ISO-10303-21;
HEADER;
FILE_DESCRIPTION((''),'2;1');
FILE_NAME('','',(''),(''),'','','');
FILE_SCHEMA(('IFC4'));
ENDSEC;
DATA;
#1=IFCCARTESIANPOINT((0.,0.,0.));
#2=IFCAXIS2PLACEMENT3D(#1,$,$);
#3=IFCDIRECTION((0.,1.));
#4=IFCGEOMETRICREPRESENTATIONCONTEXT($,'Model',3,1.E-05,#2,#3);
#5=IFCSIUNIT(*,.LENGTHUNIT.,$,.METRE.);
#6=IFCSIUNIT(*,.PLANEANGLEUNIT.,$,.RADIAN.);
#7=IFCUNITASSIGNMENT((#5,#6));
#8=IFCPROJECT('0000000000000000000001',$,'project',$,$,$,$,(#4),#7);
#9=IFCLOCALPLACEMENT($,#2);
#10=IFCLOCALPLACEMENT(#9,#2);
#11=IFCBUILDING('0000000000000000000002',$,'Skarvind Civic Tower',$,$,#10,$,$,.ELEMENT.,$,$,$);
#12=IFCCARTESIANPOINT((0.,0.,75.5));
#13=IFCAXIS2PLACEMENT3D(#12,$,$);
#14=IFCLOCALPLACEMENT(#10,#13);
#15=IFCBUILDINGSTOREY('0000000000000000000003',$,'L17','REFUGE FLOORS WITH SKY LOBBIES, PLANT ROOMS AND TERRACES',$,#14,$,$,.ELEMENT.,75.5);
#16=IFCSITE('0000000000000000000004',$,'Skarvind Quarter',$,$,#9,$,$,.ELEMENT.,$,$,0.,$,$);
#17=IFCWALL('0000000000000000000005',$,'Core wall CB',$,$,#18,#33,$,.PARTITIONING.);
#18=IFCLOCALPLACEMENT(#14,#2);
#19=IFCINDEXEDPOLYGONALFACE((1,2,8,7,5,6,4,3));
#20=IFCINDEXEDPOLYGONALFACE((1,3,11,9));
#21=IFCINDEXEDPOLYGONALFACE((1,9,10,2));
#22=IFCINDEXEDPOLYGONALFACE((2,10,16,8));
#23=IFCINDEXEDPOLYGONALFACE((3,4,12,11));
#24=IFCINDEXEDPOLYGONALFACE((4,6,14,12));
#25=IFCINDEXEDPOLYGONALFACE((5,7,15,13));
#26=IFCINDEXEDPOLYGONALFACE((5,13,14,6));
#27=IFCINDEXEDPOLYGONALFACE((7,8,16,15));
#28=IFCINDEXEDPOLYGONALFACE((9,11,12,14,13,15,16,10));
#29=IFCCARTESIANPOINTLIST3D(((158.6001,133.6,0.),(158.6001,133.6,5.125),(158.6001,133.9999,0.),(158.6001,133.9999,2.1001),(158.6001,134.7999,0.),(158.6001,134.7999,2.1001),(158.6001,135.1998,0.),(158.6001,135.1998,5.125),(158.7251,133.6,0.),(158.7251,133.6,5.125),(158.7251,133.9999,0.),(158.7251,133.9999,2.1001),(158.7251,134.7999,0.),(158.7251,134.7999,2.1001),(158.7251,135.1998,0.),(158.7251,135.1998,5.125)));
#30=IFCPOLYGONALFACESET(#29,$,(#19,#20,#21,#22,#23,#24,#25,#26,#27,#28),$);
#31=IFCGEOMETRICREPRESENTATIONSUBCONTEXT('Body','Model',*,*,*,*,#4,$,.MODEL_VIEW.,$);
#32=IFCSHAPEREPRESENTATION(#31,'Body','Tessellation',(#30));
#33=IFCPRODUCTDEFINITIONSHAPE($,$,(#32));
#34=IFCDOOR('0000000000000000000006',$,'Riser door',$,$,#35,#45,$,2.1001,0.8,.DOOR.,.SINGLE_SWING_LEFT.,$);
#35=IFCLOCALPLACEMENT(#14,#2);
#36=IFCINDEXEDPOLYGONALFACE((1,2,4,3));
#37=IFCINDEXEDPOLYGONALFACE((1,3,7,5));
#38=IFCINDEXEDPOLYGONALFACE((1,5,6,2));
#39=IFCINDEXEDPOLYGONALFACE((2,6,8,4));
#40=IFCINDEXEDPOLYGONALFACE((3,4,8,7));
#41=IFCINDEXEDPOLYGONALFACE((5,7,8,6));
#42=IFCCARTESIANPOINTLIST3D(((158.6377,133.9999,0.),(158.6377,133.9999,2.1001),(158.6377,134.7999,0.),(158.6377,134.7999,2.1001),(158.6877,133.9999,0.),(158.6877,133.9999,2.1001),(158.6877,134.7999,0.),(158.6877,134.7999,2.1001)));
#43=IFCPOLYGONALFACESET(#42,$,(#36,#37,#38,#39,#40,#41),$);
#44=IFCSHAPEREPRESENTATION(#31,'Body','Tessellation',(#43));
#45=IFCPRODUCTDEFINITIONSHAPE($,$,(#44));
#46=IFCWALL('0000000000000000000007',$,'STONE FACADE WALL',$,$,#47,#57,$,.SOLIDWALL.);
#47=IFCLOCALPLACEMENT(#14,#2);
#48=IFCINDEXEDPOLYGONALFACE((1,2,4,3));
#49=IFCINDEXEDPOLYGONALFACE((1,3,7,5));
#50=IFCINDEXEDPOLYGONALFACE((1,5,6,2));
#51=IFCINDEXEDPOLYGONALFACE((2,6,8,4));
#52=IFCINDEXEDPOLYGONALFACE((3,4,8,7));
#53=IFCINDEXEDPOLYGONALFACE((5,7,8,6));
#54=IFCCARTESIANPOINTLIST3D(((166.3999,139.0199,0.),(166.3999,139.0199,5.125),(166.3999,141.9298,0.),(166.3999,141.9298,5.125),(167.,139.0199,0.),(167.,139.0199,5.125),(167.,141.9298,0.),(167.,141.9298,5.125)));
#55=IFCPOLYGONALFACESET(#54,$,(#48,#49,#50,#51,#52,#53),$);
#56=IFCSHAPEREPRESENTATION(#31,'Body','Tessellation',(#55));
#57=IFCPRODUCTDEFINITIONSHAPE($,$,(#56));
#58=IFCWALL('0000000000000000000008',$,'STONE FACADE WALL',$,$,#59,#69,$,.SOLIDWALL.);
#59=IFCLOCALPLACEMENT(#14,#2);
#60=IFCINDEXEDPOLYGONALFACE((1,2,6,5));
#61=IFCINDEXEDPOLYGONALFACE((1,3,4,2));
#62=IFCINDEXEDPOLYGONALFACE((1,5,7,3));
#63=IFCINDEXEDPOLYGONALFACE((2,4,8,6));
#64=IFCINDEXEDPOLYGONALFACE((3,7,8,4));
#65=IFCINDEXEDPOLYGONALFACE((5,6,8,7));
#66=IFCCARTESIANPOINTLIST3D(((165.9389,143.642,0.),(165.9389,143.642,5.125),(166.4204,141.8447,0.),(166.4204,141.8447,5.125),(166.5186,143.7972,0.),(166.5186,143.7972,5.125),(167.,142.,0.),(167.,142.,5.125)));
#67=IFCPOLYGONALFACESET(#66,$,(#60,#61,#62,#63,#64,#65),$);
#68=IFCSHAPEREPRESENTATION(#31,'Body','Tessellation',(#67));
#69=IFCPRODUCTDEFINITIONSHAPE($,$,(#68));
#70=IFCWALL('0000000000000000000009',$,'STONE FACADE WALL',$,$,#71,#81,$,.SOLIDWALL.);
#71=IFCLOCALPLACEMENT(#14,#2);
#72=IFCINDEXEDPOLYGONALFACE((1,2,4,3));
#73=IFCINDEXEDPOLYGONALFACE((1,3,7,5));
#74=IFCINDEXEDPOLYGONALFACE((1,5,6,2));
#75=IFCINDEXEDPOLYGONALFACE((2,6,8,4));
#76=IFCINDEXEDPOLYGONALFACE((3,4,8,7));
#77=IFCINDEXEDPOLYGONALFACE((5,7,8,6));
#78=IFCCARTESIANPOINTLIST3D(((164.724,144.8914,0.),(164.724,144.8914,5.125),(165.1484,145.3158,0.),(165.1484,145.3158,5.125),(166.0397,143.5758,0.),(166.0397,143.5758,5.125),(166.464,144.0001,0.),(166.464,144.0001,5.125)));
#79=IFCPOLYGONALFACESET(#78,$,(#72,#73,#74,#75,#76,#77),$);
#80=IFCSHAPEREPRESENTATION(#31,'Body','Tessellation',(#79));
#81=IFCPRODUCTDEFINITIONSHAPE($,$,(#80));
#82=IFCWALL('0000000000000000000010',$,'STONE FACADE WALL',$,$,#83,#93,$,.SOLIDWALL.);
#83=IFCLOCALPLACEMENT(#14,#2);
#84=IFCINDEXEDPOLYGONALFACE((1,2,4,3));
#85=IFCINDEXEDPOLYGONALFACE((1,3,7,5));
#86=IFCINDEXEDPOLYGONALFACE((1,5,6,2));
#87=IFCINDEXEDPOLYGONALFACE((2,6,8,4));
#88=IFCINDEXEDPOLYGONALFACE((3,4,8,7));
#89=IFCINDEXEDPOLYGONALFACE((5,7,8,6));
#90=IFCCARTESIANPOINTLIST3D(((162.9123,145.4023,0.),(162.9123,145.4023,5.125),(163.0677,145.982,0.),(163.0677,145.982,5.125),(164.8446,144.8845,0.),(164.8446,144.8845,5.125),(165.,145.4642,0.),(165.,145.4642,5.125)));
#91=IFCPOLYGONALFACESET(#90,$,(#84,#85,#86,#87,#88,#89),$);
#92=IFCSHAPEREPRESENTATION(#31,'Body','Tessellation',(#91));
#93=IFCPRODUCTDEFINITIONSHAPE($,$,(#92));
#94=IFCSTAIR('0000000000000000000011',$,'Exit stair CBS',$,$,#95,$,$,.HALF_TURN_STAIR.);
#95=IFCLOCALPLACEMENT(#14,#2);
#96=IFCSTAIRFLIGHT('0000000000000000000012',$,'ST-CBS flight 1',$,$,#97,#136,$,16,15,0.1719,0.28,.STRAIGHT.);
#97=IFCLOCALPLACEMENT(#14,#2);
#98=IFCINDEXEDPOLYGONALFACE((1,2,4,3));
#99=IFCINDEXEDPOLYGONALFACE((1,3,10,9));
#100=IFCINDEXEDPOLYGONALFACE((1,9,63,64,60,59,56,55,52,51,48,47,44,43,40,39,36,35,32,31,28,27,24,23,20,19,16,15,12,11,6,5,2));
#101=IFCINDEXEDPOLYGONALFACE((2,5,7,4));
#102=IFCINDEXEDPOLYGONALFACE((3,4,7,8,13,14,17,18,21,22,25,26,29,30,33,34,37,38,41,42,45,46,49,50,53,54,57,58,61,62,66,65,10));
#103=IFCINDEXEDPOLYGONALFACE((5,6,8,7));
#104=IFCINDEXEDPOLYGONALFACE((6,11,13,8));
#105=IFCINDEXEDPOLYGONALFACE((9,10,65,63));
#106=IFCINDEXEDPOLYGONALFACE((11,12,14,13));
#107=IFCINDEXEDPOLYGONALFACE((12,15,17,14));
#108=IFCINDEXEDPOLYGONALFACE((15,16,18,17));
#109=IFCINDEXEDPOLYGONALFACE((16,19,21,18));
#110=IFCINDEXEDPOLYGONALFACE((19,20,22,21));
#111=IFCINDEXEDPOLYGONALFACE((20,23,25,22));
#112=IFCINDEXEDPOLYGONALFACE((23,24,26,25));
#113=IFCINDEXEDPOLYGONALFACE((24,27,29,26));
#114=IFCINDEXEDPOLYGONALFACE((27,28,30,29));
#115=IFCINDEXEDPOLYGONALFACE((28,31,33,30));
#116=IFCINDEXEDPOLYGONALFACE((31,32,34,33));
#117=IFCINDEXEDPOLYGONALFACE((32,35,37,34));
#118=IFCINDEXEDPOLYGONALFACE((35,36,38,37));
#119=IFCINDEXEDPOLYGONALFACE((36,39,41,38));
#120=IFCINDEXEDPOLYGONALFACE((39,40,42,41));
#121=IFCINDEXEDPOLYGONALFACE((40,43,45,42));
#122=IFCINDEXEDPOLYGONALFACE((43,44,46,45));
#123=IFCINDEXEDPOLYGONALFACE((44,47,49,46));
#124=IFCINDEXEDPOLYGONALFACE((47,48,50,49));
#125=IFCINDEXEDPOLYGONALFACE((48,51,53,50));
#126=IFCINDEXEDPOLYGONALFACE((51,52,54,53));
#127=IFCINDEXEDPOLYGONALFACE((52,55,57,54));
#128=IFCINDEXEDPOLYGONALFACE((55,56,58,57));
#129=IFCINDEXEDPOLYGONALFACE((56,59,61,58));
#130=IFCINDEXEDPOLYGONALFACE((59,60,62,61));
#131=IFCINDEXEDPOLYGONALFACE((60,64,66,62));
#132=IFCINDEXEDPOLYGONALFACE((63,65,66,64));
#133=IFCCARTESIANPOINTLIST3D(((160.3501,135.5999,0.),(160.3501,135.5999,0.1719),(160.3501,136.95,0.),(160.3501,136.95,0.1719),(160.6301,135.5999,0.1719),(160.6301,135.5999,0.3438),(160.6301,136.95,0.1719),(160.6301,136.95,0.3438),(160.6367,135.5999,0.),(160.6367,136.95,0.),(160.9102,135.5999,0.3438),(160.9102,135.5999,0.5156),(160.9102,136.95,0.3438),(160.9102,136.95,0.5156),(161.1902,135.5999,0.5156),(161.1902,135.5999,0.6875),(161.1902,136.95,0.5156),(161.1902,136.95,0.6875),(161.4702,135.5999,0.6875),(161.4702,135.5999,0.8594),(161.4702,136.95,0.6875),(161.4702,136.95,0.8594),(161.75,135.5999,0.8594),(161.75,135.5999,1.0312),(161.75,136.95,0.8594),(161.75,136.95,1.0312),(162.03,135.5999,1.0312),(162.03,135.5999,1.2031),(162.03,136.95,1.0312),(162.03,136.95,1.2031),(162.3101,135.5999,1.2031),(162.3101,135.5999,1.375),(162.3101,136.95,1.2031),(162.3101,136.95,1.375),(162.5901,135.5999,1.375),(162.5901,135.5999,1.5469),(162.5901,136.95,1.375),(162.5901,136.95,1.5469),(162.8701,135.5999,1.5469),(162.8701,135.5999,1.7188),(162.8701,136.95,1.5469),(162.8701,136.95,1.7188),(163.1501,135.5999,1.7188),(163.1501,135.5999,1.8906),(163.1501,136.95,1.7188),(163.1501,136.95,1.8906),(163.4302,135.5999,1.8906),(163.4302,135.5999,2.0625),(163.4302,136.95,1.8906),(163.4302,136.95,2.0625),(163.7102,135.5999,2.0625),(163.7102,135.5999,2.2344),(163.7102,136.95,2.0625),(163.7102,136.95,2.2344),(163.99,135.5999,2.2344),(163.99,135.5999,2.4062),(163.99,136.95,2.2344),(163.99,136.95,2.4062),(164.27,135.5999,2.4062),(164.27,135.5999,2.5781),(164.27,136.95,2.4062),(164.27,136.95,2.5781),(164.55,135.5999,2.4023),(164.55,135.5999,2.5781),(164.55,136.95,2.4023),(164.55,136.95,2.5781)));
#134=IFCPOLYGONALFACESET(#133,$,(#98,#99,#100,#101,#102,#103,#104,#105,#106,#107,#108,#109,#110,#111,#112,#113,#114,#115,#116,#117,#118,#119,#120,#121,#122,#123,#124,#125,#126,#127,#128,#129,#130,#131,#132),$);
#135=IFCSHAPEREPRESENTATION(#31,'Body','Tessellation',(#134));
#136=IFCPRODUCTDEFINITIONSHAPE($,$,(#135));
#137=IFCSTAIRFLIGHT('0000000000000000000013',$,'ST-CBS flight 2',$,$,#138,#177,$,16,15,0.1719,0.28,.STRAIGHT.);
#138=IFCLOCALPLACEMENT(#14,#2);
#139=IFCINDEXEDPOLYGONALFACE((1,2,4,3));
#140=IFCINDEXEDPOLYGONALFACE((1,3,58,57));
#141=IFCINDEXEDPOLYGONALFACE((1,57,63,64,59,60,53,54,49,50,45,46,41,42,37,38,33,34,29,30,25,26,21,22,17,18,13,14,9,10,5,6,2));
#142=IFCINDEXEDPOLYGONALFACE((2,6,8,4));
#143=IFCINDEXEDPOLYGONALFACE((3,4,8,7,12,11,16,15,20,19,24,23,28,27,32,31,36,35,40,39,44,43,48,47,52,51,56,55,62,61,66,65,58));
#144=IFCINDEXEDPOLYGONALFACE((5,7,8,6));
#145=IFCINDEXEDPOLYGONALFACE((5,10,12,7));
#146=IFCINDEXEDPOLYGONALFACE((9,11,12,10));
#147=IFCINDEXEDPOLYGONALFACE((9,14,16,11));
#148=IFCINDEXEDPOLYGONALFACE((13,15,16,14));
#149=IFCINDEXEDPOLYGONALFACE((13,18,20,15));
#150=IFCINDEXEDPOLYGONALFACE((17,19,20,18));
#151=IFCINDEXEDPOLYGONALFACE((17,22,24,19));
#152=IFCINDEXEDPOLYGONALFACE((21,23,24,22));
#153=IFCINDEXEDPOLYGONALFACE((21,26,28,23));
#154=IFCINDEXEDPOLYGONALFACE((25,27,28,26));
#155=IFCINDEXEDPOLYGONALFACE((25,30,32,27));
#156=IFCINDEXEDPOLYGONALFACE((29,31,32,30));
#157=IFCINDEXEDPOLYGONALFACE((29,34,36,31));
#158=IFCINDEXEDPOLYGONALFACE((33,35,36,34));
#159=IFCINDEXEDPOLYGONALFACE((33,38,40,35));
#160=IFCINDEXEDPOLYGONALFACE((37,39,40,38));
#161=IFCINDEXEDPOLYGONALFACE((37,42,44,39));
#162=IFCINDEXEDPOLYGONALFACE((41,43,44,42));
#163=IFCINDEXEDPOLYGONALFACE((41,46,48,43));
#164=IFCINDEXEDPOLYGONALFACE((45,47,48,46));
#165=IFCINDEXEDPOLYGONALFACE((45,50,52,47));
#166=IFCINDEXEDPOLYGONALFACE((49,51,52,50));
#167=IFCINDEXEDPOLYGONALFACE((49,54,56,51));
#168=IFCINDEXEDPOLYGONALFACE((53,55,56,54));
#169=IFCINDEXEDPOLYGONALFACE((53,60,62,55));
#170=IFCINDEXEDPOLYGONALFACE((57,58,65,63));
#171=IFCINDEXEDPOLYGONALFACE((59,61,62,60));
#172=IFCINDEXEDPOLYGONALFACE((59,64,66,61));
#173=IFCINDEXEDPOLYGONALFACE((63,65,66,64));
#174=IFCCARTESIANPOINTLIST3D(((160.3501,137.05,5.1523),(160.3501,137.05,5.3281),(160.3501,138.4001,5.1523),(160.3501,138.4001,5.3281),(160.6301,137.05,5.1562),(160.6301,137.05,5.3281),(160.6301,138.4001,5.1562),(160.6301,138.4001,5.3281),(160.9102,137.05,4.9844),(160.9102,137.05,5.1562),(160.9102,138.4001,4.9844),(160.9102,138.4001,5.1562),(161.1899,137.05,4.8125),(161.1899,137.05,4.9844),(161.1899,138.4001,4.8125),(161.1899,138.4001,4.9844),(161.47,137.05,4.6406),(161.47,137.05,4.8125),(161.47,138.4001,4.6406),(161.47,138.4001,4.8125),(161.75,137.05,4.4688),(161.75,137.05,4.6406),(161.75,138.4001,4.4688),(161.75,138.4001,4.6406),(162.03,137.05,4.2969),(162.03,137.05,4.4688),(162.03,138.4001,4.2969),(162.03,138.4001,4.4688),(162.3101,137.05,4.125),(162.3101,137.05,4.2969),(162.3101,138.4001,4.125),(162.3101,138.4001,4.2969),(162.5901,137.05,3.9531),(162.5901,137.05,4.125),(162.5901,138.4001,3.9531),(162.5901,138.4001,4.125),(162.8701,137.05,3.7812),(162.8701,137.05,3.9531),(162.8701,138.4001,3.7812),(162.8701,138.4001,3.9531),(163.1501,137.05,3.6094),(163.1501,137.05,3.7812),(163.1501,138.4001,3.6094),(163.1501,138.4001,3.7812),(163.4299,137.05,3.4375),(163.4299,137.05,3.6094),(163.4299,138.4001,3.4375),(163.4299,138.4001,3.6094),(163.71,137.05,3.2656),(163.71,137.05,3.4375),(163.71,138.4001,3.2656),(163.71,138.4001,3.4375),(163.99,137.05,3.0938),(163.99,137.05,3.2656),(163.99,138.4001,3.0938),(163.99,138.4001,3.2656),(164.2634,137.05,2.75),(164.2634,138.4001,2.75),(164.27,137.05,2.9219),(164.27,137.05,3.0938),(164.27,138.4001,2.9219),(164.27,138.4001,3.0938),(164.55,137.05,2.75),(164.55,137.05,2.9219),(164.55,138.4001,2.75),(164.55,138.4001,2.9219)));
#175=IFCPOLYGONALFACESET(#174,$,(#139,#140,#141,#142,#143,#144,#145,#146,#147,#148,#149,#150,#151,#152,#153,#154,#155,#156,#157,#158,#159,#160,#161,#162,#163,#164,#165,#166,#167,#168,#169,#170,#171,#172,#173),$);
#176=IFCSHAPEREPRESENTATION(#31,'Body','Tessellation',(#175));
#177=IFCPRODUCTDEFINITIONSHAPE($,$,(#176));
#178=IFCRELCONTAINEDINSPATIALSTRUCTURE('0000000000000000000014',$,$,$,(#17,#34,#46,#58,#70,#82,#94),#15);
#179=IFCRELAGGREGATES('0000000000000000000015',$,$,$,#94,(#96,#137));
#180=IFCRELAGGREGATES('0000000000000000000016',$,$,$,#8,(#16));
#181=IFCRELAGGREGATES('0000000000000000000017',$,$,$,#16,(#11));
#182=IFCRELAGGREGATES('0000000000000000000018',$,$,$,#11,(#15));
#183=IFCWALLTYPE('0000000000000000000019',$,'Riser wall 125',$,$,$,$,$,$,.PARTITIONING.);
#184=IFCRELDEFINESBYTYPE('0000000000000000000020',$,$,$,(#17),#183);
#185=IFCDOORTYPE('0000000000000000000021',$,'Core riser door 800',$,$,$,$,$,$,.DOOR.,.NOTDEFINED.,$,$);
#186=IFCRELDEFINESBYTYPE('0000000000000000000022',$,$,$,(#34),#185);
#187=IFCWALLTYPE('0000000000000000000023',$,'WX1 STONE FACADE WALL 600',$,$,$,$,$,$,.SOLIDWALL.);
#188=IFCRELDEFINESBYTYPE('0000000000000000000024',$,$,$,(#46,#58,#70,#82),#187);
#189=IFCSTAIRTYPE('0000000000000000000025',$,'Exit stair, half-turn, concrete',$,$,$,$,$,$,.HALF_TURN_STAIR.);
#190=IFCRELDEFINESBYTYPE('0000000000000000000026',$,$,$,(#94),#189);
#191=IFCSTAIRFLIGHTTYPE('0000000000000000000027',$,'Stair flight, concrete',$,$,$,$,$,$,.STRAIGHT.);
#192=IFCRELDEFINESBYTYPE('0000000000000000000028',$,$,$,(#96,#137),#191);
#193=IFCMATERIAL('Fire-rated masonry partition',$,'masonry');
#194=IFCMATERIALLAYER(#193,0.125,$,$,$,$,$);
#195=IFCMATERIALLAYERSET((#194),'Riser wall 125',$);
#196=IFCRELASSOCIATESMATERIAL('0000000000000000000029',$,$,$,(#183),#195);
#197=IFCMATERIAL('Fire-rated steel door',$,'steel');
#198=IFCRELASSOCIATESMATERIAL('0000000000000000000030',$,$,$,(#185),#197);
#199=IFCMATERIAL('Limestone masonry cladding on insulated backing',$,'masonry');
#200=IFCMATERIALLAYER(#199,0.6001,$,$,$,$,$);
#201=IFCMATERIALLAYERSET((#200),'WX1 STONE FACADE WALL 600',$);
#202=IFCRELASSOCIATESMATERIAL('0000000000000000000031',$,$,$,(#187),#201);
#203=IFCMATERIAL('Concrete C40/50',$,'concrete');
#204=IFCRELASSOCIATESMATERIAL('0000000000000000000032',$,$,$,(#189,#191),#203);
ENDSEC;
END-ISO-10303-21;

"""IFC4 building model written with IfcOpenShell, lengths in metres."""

from ifc_helpers import new_model, si_unit, direction, frame, frame_2d, origin, place, context, subcontext, project, spatial, polyline, rectangle, outline, extrude, material, layer, layer_set, type_object, element, fill, aggregate, save


model = new_model("IFC4")

# Units and contexts
model_context = context("Model", 3, precision=1e-05, world=origin(), true_north=direction((0.0, 1.0)))
body_context = subcontext(model_context, "Body", "Model", "MODEL_VIEW")
ifc_project = project(units=[si_unit("LENGTHUNIT", "METRE"), si_unit("PLANEANGLEUNIT", "RADIAN")], contexts=[model_context])

# Site, building, storey
site_placement = place(None, origin())
site = spatial("IfcSite", under=ifc_project, at=site_placement, Name="Skarvind Quarter", CompositionType="ELEMENT", RefElevation=0.0)
building_placement = place(site_placement, origin())
building = spatial("IfcBuilding", under=site, at=building_placement, Name="Skarvind Civic Tower", CompositionType="ELEMENT")
storey_placement = place(building_placement, frame((0.0, 0.0, 75.5)))
storey = spatial("IfcBuildingStorey", under=building, at=storey_placement, Name="L17", Description="REFUGE FLOORS WITH SKY LOBBIES, PLANT ROOMS AND TERRACES", CompositionType="ELEMENT", Elevation=75.5)

# Shared definitions
ifc_material_1 = material(Name="Fire-rated masonry partition", Category="masonry")
ifc_material_2 = material(Name="Fire-rated steel door", Category="steel")

# Wall, opening, door
ifc_layer_1 = layer(ifc_material_1, 0.125)
ifc_layer_set_1 = layer_set([ifc_layer_1], Name="Riser wall 125")
wall_type_1 = type_object("IfcWallType", Name="Riser wall 125", PredefinedType="PARTITIONING", material=ifc_layer_set_1)
wall_1_placement = place(storey_placement, frame((158.6626, 133.6001, 0.0), z_axis=(0.0, 0.0, 1.0), x_axis=(0.0, 1.0, 0.0)))
wall_1 = element("IfcWall", 1, at=wall_1_placement, inside=storey, type_object=wall_type_1, Name="Core wall CB", PredefinedType="PARTITIONING", context=body_context, shape_type="SweptSolid", body=[
    extrude(rectangle(XDim=1.5999, YDim=0.125, at=frame_2d((0.7998, 0.0))), origin(), (0.0, 0.0, 1.0), 5.125),
])
opening_1_placement = place(wall_1_placement, frame((0.3999, 0.0, 0.0)))
opening_1 = element("IfcOpeningElement", 2, at=opening_1_placement, cuts=wall_1, PredefinedType="OPENING", context=body_context, shape_type="SweptSolid", body=[
    extrude(rectangle(XDim=0.8, YDim=2.1001, at=frame_2d((0.3999, 1.05))), frame((0.0, 0.0725, 0.0), z_axis=(0.0, -1.0, 0.0), x_axis=(1.0, 0.0, 0.0)), (0.0, 0.0, 1.0), 0.145),
])
door_type_1 = type_object("IfcDoorType", Name="Core riser door 800", OperationType="NOTDEFINED", PredefinedType="DOOR", material=ifc_material_2)
door_1_placement = place(opening_1_placement, origin())
door_1 = element("IfcDoor", 3, at=door_1_placement, inside=storey, type_object=door_type_1, Name="Riser door", OperationType="SINGLE_SWING_LEFT", OverallHeight=2.1001, OverallWidth=0.8, PredefinedType="DOOR", context=body_context, shape_type="SweptSolid", body=[
    extrude(rectangle(XDim=0.8, YDim=2.1001, at=frame_2d((0.3999, 1.05))), frame((0.0, 0.0249, 0.0), z_axis=(0.0, -1.0, 0.0), x_axis=(1.0, 0.0, 0.0)), (0.0, 0.0, 1.0), 0.05),
])
fill(opening_1, door_1)

# Walls
ifc_material_3 = material(Name="Limestone masonry cladding on insulated backing", Category="masonry")
ifc_layer_2 = layer(ifc_material_3, 0.6001)
ifc_layer_set_2 = layer_set([ifc_layer_2], Name="WX1 STONE FACADE WALL 600")
wall_type_2 = type_object("IfcWallType", Name="WX1 STONE FACADE WALL 600", PredefinedType="SOLIDWALL", material=ifc_layer_set_2)
wall_2_placement = place(storey_placement, frame((166.7, 141.9299, 0.0), z_axis=(0.0, 0.0, 1.0), x_axis=(0.0, -1.0, 0.0)))
element("IfcWall", 4, at=wall_2_placement, inside=storey, type_object=wall_type_2, Name="STONE FACADE WALL", PredefinedType="SOLIDWALL", context=body_context, shape_type="SweptSolid", body=[
    extrude(rectangle(XDim=2.9099, YDim=0.6001, at=frame_2d((1.4551, 0.0))), origin(), (0.0, 0.0, 1.0), 5.125),
])
for number, where, z_axis, x_axis, name in (
    (5, (166.2288, 143.7195, 0.0), (0.0, 0.0, 1.0), (0.258773, -0.965938, 0.0), "STONE FACADE WALL"),
    (6, (164.9363, 145.1035, 0.0), (0.0, 0.0, 1.0), (0.707107, -0.707107, 0.0), "STONE FACADE WALL"),
):
    element("IfcWall", number, at=place(storey_placement, frame(where, z_axis=z_axis, x_axis=x_axis)), inside=storey, type_object=wall_type_2, Name=name, PredefinedType="SOLIDWALL", context=body_context, shape_type="SweptSolid", body=[
        extrude(rectangle(XDim=1.8606, YDim=0.6001, at=frame_2d((0.9302, 0.0))), origin(), (0.0, 0.0, 1.0), 5.125),
    ])
wall_3_placement = place(storey_placement, frame((162.99, 145.6921, 0.0), z_axis=(0.0, 0.0, 1.0), x_axis=(0.96592, -0.25884, 0.0)))
element("IfcWall", 7, at=wall_3_placement, inside=storey, type_object=wall_type_2, Name="STONE FACADE WALL", PredefinedType="SOLIDWALL", context=body_context, shape_type="SweptSolid", body=[
    extrude(rectangle(XDim=2.0005, YDim=0.6001, at=frame_2d((1.0002, 0.0))), origin(), (0.0, 0.0, 1.0), 5.125),
])

# Stair, stair flights
ifc_material_4 = material(Name="Concrete C40/50", Category="concrete")
stair_type = type_object("IfcStairType", Name="Exit stair, half-turn, concrete", PredefinedType="HALF_TURN_STAIR", material=ifc_material_4)
stair_placement = place(storey_placement, origin())
stair = element("IfcStair", 8, at=stair_placement, inside=storey, type_object=stair_type, Name="Exit stair CBS", PredefinedType="HALF_TURN_STAIR")
stair_flight_type = type_object("IfcStairFlightType", Name="Stair flight, concrete", PredefinedType="STRAIGHT", material=ifc_material_4)
stair_flight_1_placement = place(storey_placement, frame((160.3501, 136.2749, 0.0), z_axis=(0.0, 0.0, 1.0), x_axis=(1.0, 0.0, 0.0)))
stair_flight_1 = element("IfcStairFlight", 9, at=stair_flight_1_placement, type_object=stair_flight_type, Name="ST-CBS flight 1", NumberOfRisers=16, NumberOfTreads=15, PredefinedType="STRAIGHT", RiserHeight=0.1719, TreadLength=0.28, context=body_context, shape_type="SweptSolid", body=[
    extrude(outline(polyline([(0.0, 0.0), (0.0, 0.1719), (0.28, 0.1719), (0.28, 0.3438), (0.5601, 0.3438), (0.5601, 0.5156), (0.8401, 0.5156), (0.8401, 0.6875), (1.1201, 0.6875), (1.1201, 0.8594), (1.3999, 0.8594), (1.3999, 1.0312), (1.6799, 1.0312), (1.6799, 1.2031), (1.96, 1.2031), (1.96, 1.375), (2.24, 1.375), (2.24, 1.5469), (2.52, 1.5469), (2.52, 1.7188), (2.8, 1.7188), (2.8, 1.8906), (3.0801, 1.8906), (3.0801, 2.0625), (3.3601, 2.0625), (3.3601, 2.2344), (3.6399, 2.2344), (3.6399, 2.4062), (3.9199, 2.4062), (3.9199, 2.5781), (4.2, 2.5781), (4.2, 2.75), (4.2, 2.4023), (0.2866, 0.0), (0.0, 0.0)])), frame((0.0, 0.675, 0.0), z_axis=(0.0, -1.0, 0.0), x_axis=(1.0, 0.0, 0.0)), (0.0, 0.0, 1.0), 1.3501),
])
stair_flight_2_placement = place(storey_placement, frame((164.55, 137.7251, 2.75), z_axis=(0.0, 0.0, 1.0), x_axis=(-1.0, 0.0, 0.0)))
stair_flight_2 = element("IfcStairFlight", 10, at=stair_flight_2_placement, type_object=stair_flight_type, Name="ST-CBS flight 2", NumberOfRisers=16, NumberOfTreads=15, PredefinedType="STRAIGHT", RiserHeight=0.1719, TreadLength=0.28, context=body_context, shape_type="SweptSolid", body=[
    extrude(outline(polyline([(0.0, 0.0), (0.0, 0.1719), (0.28, 0.1719), (0.28, 0.3438), (0.5601, 0.3438), (0.5601, 0.5156), (0.8401, 0.5156), (0.8401, 0.6875), (1.1201, 0.6875), (1.1201, 0.8594), (1.3999, 0.8594), (1.3999, 1.0312), (1.6799, 1.0312), (1.6799, 1.2031), (1.96, 1.2031), (1.96, 1.375), (2.24, 1.375), (2.24, 1.5469), (2.52, 1.5469), (2.52, 1.7188), (2.8, 1.7188), (2.8, 1.8906), (3.0801, 1.8906), (3.0801, 2.0625), (3.3601, 2.0625), (3.3601, 2.2344), (3.6399, 2.2344), (3.6399, 2.4062), (3.9199, 2.4062), (3.9199, 2.5781), (4.2, 2.5781), (4.2, 2.75), (4.2, 2.4023), (0.2866, 0.0), (0.0, 0.0)])), frame((0.0, 0.675, 0.0), z_axis=(0.0, -1.0, 0.0), x_axis=(1.0, 0.0, 0.0)), (0.0, 0.0, 1.0), 1.3501),
])
aggregate(stair, [stair_flight_1, stair_flight_2])

save(model, "model.ifc")
